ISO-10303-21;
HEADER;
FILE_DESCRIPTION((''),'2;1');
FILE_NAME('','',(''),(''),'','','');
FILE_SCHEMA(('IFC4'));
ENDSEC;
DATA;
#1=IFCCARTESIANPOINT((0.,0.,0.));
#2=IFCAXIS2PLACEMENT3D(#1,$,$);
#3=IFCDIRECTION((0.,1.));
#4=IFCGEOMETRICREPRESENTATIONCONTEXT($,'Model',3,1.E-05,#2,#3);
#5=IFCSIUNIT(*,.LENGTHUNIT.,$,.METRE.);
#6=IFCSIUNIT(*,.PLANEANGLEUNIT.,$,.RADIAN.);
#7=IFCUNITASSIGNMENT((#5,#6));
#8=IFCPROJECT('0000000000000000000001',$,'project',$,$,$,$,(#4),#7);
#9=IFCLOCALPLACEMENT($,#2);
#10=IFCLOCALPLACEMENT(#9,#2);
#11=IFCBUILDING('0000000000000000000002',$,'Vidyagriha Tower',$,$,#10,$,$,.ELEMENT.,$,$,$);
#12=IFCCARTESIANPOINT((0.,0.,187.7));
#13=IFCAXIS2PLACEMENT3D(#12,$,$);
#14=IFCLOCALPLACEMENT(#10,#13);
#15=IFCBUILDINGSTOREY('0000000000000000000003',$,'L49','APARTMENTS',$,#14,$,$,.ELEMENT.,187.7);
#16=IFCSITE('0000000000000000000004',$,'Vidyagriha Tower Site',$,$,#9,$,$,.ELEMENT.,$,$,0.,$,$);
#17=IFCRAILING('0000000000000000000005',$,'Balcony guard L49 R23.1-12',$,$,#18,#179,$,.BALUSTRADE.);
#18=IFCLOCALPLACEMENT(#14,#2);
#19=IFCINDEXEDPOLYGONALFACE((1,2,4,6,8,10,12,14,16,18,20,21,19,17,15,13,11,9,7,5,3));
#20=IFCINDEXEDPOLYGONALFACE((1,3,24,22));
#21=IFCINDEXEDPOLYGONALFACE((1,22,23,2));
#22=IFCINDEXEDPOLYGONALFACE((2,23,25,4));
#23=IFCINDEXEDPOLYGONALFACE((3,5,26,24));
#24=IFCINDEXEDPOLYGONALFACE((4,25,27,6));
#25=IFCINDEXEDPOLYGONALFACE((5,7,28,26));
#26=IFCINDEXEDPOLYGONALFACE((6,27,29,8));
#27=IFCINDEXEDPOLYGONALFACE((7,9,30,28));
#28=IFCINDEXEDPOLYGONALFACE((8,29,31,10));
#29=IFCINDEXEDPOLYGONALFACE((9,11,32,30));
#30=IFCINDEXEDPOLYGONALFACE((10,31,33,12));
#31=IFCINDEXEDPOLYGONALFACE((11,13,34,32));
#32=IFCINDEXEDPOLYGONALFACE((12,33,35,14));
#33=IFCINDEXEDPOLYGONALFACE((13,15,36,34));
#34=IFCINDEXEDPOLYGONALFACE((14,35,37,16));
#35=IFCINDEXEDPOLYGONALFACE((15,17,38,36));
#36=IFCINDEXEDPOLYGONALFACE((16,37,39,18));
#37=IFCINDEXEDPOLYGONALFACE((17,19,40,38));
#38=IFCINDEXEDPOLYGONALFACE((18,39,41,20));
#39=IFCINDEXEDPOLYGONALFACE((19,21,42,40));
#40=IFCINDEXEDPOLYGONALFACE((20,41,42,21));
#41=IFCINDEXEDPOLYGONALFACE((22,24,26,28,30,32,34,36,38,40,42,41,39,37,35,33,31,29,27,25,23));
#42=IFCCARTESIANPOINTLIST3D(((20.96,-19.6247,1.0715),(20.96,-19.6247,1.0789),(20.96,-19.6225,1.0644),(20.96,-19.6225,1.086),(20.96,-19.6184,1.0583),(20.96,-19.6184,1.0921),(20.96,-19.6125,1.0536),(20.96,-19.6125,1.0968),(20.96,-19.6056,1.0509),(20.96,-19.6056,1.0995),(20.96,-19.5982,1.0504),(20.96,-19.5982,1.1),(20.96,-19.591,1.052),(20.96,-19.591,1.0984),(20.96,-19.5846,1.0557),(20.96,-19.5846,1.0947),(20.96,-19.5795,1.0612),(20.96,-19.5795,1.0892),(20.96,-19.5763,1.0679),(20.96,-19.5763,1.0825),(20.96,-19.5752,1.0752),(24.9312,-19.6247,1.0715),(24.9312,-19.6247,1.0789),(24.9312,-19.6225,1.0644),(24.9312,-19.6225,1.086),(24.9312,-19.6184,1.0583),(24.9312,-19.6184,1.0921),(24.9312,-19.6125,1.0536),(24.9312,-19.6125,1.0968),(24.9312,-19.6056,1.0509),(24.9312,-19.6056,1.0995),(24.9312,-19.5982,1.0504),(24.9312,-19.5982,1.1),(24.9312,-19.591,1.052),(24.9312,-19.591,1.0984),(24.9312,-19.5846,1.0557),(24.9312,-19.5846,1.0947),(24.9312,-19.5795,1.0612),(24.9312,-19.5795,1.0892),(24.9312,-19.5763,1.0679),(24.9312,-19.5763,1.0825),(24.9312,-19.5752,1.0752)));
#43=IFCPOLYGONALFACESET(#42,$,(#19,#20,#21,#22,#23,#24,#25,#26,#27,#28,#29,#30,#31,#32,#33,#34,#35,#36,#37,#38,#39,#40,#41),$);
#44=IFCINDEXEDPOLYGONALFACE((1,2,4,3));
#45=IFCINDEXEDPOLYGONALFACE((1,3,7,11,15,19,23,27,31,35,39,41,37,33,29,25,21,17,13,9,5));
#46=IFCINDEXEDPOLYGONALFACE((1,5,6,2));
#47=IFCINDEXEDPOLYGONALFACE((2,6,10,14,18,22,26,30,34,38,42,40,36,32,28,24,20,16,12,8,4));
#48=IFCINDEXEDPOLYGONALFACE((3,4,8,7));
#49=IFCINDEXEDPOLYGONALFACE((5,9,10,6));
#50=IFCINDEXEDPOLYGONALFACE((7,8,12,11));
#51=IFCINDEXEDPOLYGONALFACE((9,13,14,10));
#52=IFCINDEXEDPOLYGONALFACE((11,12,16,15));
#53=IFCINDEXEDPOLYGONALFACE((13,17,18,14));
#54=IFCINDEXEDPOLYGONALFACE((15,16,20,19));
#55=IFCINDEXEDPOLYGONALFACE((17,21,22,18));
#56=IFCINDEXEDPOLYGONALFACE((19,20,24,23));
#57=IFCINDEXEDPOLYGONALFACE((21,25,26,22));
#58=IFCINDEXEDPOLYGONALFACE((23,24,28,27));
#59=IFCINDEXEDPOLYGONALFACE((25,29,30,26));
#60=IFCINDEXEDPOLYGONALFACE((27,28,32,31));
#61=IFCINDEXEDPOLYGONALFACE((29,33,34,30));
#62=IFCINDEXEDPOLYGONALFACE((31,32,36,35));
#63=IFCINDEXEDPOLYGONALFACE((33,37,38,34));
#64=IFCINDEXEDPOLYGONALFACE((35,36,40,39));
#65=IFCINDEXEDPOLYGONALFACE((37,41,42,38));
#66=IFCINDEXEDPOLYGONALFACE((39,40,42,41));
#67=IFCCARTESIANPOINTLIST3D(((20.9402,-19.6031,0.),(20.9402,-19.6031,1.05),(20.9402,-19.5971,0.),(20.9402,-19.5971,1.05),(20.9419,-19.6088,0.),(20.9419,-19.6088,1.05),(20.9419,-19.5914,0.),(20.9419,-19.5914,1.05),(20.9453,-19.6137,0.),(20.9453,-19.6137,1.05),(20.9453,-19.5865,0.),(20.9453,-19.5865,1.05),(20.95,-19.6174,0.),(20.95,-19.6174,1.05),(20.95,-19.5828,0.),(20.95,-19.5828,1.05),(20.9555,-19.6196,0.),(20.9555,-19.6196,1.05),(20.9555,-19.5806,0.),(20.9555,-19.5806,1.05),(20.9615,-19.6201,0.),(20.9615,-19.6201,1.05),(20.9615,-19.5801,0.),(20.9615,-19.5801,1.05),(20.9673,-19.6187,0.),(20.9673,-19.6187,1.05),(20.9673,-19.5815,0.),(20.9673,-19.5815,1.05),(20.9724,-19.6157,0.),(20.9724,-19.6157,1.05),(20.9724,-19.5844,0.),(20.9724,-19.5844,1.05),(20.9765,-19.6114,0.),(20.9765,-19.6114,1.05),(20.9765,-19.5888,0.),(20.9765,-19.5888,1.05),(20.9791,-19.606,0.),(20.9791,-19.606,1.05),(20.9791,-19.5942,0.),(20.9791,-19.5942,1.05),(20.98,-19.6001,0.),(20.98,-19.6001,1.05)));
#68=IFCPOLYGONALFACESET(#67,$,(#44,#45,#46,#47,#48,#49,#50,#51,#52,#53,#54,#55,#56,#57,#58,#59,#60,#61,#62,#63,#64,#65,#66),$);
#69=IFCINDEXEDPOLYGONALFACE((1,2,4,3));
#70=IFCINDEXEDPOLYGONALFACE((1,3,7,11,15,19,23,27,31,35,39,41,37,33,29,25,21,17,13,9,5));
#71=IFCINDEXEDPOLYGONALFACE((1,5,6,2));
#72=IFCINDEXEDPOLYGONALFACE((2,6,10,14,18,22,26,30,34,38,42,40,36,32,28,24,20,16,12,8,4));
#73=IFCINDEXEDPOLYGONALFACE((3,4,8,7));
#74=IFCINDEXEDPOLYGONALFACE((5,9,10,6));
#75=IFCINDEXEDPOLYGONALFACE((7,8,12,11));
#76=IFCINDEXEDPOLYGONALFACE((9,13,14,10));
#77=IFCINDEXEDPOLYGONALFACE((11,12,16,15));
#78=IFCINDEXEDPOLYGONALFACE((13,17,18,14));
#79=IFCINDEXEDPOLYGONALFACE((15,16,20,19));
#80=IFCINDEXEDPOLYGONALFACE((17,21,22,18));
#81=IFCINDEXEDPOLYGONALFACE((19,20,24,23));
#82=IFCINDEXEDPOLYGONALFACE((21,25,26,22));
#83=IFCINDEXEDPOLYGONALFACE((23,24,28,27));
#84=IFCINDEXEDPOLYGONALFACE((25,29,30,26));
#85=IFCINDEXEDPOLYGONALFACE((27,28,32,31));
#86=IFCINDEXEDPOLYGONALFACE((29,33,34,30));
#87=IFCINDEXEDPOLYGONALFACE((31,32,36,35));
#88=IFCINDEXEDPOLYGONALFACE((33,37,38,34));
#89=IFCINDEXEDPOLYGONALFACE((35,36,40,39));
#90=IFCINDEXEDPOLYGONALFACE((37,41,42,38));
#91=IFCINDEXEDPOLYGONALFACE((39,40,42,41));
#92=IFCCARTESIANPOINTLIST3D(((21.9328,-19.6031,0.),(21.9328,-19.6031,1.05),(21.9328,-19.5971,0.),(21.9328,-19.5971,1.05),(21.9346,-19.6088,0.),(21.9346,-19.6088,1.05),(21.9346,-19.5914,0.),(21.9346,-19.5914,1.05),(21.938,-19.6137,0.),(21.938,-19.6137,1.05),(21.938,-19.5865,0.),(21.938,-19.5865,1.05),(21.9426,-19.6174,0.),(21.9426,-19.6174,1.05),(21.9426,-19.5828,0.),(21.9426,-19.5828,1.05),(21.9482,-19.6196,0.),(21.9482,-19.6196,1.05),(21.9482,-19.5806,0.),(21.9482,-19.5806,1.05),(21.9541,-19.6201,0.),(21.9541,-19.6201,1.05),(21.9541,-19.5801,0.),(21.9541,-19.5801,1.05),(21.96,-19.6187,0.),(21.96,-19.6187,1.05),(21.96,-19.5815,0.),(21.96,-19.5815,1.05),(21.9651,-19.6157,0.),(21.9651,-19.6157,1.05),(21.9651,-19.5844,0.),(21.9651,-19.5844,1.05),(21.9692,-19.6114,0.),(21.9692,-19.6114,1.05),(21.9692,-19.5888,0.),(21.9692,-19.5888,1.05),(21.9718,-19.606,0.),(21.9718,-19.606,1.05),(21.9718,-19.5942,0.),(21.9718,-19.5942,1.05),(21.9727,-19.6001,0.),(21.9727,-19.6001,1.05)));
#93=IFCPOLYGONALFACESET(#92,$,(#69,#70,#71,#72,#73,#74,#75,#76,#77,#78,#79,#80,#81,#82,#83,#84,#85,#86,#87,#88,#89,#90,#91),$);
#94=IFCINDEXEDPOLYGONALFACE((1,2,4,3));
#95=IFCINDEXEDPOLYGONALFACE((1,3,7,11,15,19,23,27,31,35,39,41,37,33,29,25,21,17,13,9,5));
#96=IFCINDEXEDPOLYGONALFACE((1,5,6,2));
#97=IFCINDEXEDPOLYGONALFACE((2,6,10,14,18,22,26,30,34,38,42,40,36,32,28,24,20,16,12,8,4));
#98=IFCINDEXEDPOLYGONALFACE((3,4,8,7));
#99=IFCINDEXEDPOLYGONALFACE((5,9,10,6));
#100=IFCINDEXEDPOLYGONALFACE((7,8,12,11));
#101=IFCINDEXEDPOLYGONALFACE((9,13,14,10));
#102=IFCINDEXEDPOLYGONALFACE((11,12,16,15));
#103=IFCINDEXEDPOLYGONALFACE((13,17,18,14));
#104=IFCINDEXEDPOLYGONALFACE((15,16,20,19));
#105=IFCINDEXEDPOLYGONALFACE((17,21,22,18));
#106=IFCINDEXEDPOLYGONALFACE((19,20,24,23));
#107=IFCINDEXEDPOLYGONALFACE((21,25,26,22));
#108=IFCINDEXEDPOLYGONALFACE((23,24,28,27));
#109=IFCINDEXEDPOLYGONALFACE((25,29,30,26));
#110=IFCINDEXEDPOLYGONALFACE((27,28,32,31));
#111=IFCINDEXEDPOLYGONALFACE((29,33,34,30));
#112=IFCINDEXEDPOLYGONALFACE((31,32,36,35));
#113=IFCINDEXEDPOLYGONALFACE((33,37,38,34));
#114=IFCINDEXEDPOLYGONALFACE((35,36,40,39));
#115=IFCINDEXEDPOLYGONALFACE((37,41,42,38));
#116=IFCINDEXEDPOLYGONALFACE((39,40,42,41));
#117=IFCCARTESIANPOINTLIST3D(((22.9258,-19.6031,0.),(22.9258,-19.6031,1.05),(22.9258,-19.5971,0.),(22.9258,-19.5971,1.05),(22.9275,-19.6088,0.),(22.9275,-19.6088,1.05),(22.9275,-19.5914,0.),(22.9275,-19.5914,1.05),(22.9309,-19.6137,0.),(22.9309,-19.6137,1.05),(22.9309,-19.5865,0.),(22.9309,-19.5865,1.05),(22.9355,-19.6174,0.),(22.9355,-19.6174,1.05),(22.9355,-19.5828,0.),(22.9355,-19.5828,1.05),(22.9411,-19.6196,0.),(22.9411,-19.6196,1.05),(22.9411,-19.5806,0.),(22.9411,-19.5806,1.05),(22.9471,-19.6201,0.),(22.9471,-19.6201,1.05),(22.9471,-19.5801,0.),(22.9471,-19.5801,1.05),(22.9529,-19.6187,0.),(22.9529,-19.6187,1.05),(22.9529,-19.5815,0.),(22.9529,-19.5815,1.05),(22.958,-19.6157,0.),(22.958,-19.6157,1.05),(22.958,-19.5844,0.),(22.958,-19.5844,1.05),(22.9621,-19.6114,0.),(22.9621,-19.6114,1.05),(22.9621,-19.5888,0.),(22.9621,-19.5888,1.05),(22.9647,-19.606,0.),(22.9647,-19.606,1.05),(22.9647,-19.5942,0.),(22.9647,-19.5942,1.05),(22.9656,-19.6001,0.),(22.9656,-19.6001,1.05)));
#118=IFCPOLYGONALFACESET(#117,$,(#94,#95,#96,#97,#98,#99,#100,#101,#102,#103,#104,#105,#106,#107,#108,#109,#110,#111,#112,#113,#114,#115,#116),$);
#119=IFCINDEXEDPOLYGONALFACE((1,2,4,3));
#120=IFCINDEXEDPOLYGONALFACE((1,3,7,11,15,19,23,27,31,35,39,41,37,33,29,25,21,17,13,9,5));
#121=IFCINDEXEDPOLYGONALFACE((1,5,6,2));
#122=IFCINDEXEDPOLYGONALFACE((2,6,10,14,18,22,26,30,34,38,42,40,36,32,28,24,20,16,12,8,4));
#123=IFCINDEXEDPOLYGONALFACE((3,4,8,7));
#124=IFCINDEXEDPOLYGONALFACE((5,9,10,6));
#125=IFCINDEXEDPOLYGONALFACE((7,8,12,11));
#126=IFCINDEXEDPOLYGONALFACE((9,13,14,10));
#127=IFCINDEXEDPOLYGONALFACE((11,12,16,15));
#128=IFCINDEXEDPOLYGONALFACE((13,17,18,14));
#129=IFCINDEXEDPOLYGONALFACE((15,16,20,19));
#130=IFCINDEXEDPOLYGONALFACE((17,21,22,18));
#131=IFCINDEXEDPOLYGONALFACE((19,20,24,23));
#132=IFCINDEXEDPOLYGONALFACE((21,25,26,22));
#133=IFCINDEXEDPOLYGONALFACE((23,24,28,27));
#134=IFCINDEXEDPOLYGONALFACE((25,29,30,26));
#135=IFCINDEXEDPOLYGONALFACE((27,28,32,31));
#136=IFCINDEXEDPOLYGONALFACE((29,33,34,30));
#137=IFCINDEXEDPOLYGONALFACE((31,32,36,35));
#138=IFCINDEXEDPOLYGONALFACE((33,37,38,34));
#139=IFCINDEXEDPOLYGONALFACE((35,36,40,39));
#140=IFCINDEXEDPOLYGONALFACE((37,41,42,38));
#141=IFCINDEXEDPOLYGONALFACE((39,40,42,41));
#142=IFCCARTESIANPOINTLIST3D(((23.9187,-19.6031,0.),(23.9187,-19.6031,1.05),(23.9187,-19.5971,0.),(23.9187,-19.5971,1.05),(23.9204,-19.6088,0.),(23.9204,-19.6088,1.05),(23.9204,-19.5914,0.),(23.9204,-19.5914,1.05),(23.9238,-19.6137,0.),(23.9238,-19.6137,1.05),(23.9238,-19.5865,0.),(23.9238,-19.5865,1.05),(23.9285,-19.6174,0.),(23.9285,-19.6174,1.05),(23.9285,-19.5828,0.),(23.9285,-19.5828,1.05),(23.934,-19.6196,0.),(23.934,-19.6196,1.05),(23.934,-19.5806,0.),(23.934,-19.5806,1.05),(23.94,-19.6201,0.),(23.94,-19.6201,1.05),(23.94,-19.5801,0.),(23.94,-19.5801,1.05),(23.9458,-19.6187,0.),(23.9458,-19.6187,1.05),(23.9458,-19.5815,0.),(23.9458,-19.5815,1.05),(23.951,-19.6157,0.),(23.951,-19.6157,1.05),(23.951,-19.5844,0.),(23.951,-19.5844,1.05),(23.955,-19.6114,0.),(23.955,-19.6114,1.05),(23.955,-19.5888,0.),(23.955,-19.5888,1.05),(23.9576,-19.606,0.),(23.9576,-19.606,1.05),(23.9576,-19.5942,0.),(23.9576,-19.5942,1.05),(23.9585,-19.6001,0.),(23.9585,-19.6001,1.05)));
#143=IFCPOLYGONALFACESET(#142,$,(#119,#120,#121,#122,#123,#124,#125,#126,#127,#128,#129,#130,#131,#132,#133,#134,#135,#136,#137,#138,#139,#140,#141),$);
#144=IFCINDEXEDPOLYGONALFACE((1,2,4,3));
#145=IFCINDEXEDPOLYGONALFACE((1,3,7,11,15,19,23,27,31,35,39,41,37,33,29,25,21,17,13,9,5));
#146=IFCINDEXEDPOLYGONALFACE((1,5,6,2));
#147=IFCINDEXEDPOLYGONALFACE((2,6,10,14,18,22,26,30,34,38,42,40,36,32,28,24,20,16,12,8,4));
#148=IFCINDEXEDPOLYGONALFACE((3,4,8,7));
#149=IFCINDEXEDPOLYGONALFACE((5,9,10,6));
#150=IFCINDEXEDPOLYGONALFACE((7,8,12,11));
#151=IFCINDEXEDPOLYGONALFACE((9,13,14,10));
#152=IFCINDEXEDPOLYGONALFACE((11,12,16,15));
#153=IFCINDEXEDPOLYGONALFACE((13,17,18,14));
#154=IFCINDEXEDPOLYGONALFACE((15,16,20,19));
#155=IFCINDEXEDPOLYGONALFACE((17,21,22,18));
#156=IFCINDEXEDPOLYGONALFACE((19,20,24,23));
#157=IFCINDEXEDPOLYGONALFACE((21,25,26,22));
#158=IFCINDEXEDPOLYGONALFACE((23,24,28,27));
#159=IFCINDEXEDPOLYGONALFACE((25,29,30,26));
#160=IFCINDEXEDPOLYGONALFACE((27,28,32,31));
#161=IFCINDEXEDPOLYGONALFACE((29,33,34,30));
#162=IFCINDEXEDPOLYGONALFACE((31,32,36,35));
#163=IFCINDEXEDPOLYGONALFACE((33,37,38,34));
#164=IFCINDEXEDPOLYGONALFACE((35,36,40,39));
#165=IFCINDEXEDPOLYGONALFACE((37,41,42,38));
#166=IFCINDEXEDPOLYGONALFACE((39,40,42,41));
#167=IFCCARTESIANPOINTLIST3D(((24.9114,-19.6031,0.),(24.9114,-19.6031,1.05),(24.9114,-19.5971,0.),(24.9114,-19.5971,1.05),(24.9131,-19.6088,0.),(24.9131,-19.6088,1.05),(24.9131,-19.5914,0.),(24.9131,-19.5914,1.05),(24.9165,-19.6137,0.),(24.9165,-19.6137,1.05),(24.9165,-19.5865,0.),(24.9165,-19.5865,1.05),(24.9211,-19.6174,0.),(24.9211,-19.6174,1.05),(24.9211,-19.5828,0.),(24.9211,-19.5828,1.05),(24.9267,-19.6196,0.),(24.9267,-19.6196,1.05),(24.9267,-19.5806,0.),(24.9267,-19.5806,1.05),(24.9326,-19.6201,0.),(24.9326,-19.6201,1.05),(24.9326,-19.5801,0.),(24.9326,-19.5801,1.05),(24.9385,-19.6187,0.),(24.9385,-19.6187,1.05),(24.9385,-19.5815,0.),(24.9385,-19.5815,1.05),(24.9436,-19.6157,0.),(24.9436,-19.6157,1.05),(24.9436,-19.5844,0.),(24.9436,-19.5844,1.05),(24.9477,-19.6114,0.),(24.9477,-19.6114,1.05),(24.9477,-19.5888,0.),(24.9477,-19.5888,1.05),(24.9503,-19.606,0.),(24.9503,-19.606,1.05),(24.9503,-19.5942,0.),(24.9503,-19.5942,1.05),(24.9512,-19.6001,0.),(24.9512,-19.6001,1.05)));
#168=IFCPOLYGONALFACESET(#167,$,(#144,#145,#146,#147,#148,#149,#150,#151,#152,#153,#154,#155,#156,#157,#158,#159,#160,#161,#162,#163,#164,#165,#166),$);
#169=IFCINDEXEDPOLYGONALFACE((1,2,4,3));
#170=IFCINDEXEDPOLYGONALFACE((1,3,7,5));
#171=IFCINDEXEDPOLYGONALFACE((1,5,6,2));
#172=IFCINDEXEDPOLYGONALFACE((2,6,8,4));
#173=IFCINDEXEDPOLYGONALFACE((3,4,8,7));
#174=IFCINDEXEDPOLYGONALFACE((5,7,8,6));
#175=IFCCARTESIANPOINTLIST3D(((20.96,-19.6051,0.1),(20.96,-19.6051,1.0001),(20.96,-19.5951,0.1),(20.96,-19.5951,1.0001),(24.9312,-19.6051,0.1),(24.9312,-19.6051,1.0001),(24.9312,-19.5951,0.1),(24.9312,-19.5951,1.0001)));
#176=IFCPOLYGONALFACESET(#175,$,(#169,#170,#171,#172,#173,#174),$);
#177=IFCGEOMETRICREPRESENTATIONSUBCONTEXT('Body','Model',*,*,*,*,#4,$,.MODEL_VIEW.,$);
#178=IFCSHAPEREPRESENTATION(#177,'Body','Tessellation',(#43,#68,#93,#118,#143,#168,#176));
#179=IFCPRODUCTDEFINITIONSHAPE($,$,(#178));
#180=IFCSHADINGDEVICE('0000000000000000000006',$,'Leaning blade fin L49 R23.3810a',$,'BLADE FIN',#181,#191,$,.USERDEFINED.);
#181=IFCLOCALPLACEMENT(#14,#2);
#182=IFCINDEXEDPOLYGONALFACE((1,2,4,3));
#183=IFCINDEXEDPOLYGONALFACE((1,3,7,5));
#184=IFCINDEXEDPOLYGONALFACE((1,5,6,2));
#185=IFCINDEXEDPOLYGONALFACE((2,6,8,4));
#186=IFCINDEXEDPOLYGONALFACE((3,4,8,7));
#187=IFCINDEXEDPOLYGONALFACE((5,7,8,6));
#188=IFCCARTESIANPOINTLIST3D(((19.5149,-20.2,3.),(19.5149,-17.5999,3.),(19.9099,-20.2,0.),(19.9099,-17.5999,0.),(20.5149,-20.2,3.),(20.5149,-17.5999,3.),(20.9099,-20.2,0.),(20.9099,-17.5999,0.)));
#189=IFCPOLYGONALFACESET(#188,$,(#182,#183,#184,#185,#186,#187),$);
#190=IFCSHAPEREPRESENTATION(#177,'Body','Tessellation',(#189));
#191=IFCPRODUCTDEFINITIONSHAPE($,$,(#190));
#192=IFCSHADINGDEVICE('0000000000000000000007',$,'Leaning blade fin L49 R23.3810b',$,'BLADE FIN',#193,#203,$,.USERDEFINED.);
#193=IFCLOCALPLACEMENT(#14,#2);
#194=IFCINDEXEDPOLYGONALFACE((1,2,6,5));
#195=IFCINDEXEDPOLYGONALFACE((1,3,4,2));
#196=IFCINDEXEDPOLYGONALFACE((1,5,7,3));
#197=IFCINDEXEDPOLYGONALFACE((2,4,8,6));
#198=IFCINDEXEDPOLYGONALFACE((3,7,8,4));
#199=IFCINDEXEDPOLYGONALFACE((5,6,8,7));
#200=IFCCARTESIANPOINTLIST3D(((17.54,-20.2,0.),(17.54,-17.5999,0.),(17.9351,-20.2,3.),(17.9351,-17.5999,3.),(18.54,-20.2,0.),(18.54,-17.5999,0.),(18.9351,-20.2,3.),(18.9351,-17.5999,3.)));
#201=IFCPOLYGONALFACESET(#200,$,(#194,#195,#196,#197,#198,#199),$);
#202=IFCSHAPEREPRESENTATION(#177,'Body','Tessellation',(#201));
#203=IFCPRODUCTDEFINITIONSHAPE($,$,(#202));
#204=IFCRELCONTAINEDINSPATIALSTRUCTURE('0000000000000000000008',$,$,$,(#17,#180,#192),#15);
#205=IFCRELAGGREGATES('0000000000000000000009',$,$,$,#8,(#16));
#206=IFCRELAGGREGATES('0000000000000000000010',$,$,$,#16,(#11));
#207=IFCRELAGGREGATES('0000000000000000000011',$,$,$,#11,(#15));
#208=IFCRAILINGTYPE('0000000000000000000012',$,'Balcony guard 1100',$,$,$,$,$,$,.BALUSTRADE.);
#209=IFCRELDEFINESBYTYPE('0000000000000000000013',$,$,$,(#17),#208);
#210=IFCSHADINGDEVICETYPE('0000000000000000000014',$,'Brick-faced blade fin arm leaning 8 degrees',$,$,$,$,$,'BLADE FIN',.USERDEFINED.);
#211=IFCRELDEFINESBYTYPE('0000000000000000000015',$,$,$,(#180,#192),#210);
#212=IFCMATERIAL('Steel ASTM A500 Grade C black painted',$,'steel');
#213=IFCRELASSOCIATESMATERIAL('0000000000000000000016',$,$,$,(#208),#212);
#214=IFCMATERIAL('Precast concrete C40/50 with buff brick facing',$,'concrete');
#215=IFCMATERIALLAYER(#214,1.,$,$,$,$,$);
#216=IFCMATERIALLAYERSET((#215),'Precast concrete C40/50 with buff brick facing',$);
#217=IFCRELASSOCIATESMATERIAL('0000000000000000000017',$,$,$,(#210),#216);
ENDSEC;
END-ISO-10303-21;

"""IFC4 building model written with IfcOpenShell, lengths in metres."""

from ifc_helpers import new_model, si_unit, direction, frame, origin, origin_2d, place, context, subcontext, project, spatial, polyline, rectangle, circle, outline, extrude, material, layer, layer_set, type_object, element, save


model = new_model("IFC4")

# Units and contexts
model_context = context("Model", 3, precision=1e-05, world=origin(), true_north=direction((0.0, 1.0)))
body_context = subcontext(model_context, "Body", "Model", "MODEL_VIEW")
ifc_project = project(units=[si_unit("LENGTHUNIT", "METRE"), si_unit("PLANEANGLEUNIT", "RADIAN")], contexts=[model_context])

# Site, building, storey
site_placement = place(None, origin())
site = spatial("IfcSite", under=ifc_project, at=site_placement, Name="Vidyagriha Tower Site", CompositionType="ELEMENT", RefElevation=0.0)
building_placement = place(site_placement, origin())
building = spatial("IfcBuilding", under=site, at=building_placement, Name="Vidyagriha Tower", CompositionType="ELEMENT")
storey_placement = place(building_placement, frame((0.0, 0.0, 187.7)))
storey = spatial("IfcBuildingStorey", under=building, at=storey_placement, Name="L49", Description="APARTMENTS", CompositionType="ELEMENT", Elevation=187.7)

# Railing
ifc_material_1 = material(Name="Steel ASTM A500 Grade C black painted", Category="steel")
railing_type = type_object("IfcRailingType", Name="Balcony guard 1100", PredefinedType="BALUSTRADE", material=ifc_material_1)
railing_1_placement = place(storey_placement, frame((20.96, -19.6001, 0.0)))
element("IfcRailing", 1, at=railing_1_placement, inside=storey, type_object=railing_type, Name="Balcony guard L49 R23.1-12", PredefinedType="BALUSTRADE", context=body_context, shape_type="SweptSolid", body=[
    extrude(circle(Radius=0.0249, at=origin_2d()), frame((0.0, 0.0, 1.0752), z_axis=(1.0, 0.0, 0.0), x_axis=(0.0, 1.0, 0.0)), (0.0, 0.0, 1.0), 3.9712),
    extrude(circle(Radius=0.02, at=origin_2d()), origin(), (0.0, 0.0, 1.0), 1.05),
    extrude(circle(Radius=0.02, at=origin_2d()), frame((0.9927, 0.0, 0.0)), (0.0, 0.0, 1.0), 1.05),
    extrude(circle(Radius=0.02, at=origin_2d()), frame((1.9856, 0.0, 0.0)), (0.0, 0.0, 1.0), 1.05),
    extrude(circle(Radius=0.02, at=origin_2d()), frame((2.9785, 0.0, 0.0)), (0.0, 0.0, 1.0), 1.05),
    extrude(circle(Radius=0.02, at=origin_2d()), frame((3.9712, 0.0, 0.0)), (0.0, 0.0, 1.0), 1.05),
    extrude(rectangle(XDim=0.01, YDim=0.9001, at=origin_2d()), frame((0.0, 0.0, 0.55), z_axis=(1.0, 0.0, 0.0), x_axis=(0.0, 1.0, 0.0)), (0.0, 0.0, 1.0), 3.9712),
])

# Shading devices
ifc_material_2 = material(Name="Precast concrete C40/50 with buff brick facing", Category="concrete")
ifc_layer_1 = layer(ifc_material_2, 1.0)
ifc_layer_set_1 = layer_set([ifc_layer_1], Name="Precast concrete C40/50 with buff brick facing")
shading_device_type = type_object("IfcShadingDeviceType", Name="Brick-faced blade fin arm leaning 8 degrees", ElementType="BLADE FIN", PredefinedType="USERDEFINED", material=ifc_layer_set_1)
shading_device_1_placement = place(storey_placement, frame((19.5149, -18.8999, 0.0)))
element("IfcShadingDevice", 2, at=shading_device_1_placement, inside=storey, type_object=shading_device_type, Name="Leaning blade fin L49 R23.3810a", ObjectType="BLADE FIN", PredefinedType="USERDEFINED", context=body_context, shape_type="SweptSolid", body=[
    extrude(outline(polyline([(0.395, 0.0), (1.395, 0.0), (1.0, 3.0), (0.0, 3.0), (0.395, 0.0)])), frame((0.0, 1.3, 0.0), z_axis=(0.0, -1.0, 0.0), x_axis=(1.0, 0.0, 0.0)), (0.0, 0.0, 1.0), 2.6001),
])
shading_device_2_placement = place(storey_placement, frame((17.54, -18.8999, 0.0)))
element("IfcShadingDevice", 3, at=shading_device_2_placement, inside=storey, type_object=shading_device_type, Name="Leaning blade fin L49 R23.3810b", ObjectType="BLADE FIN", PredefinedType="USERDEFINED", context=body_context, shape_type="SweptSolid", body=[
    extrude(outline(polyline([(0.0, 0.0), (1.0, 0.0), (1.395, 3.0), (0.395, 3.0), (0.0, 0.0)])), frame((0.0, 1.3, 0.0), z_axis=(0.0, -1.0, 0.0), x_axis=(1.0, 0.0, 0.0)), (0.0, 0.0, 1.0), 2.6001),
])

save(model, "model.ifc")
